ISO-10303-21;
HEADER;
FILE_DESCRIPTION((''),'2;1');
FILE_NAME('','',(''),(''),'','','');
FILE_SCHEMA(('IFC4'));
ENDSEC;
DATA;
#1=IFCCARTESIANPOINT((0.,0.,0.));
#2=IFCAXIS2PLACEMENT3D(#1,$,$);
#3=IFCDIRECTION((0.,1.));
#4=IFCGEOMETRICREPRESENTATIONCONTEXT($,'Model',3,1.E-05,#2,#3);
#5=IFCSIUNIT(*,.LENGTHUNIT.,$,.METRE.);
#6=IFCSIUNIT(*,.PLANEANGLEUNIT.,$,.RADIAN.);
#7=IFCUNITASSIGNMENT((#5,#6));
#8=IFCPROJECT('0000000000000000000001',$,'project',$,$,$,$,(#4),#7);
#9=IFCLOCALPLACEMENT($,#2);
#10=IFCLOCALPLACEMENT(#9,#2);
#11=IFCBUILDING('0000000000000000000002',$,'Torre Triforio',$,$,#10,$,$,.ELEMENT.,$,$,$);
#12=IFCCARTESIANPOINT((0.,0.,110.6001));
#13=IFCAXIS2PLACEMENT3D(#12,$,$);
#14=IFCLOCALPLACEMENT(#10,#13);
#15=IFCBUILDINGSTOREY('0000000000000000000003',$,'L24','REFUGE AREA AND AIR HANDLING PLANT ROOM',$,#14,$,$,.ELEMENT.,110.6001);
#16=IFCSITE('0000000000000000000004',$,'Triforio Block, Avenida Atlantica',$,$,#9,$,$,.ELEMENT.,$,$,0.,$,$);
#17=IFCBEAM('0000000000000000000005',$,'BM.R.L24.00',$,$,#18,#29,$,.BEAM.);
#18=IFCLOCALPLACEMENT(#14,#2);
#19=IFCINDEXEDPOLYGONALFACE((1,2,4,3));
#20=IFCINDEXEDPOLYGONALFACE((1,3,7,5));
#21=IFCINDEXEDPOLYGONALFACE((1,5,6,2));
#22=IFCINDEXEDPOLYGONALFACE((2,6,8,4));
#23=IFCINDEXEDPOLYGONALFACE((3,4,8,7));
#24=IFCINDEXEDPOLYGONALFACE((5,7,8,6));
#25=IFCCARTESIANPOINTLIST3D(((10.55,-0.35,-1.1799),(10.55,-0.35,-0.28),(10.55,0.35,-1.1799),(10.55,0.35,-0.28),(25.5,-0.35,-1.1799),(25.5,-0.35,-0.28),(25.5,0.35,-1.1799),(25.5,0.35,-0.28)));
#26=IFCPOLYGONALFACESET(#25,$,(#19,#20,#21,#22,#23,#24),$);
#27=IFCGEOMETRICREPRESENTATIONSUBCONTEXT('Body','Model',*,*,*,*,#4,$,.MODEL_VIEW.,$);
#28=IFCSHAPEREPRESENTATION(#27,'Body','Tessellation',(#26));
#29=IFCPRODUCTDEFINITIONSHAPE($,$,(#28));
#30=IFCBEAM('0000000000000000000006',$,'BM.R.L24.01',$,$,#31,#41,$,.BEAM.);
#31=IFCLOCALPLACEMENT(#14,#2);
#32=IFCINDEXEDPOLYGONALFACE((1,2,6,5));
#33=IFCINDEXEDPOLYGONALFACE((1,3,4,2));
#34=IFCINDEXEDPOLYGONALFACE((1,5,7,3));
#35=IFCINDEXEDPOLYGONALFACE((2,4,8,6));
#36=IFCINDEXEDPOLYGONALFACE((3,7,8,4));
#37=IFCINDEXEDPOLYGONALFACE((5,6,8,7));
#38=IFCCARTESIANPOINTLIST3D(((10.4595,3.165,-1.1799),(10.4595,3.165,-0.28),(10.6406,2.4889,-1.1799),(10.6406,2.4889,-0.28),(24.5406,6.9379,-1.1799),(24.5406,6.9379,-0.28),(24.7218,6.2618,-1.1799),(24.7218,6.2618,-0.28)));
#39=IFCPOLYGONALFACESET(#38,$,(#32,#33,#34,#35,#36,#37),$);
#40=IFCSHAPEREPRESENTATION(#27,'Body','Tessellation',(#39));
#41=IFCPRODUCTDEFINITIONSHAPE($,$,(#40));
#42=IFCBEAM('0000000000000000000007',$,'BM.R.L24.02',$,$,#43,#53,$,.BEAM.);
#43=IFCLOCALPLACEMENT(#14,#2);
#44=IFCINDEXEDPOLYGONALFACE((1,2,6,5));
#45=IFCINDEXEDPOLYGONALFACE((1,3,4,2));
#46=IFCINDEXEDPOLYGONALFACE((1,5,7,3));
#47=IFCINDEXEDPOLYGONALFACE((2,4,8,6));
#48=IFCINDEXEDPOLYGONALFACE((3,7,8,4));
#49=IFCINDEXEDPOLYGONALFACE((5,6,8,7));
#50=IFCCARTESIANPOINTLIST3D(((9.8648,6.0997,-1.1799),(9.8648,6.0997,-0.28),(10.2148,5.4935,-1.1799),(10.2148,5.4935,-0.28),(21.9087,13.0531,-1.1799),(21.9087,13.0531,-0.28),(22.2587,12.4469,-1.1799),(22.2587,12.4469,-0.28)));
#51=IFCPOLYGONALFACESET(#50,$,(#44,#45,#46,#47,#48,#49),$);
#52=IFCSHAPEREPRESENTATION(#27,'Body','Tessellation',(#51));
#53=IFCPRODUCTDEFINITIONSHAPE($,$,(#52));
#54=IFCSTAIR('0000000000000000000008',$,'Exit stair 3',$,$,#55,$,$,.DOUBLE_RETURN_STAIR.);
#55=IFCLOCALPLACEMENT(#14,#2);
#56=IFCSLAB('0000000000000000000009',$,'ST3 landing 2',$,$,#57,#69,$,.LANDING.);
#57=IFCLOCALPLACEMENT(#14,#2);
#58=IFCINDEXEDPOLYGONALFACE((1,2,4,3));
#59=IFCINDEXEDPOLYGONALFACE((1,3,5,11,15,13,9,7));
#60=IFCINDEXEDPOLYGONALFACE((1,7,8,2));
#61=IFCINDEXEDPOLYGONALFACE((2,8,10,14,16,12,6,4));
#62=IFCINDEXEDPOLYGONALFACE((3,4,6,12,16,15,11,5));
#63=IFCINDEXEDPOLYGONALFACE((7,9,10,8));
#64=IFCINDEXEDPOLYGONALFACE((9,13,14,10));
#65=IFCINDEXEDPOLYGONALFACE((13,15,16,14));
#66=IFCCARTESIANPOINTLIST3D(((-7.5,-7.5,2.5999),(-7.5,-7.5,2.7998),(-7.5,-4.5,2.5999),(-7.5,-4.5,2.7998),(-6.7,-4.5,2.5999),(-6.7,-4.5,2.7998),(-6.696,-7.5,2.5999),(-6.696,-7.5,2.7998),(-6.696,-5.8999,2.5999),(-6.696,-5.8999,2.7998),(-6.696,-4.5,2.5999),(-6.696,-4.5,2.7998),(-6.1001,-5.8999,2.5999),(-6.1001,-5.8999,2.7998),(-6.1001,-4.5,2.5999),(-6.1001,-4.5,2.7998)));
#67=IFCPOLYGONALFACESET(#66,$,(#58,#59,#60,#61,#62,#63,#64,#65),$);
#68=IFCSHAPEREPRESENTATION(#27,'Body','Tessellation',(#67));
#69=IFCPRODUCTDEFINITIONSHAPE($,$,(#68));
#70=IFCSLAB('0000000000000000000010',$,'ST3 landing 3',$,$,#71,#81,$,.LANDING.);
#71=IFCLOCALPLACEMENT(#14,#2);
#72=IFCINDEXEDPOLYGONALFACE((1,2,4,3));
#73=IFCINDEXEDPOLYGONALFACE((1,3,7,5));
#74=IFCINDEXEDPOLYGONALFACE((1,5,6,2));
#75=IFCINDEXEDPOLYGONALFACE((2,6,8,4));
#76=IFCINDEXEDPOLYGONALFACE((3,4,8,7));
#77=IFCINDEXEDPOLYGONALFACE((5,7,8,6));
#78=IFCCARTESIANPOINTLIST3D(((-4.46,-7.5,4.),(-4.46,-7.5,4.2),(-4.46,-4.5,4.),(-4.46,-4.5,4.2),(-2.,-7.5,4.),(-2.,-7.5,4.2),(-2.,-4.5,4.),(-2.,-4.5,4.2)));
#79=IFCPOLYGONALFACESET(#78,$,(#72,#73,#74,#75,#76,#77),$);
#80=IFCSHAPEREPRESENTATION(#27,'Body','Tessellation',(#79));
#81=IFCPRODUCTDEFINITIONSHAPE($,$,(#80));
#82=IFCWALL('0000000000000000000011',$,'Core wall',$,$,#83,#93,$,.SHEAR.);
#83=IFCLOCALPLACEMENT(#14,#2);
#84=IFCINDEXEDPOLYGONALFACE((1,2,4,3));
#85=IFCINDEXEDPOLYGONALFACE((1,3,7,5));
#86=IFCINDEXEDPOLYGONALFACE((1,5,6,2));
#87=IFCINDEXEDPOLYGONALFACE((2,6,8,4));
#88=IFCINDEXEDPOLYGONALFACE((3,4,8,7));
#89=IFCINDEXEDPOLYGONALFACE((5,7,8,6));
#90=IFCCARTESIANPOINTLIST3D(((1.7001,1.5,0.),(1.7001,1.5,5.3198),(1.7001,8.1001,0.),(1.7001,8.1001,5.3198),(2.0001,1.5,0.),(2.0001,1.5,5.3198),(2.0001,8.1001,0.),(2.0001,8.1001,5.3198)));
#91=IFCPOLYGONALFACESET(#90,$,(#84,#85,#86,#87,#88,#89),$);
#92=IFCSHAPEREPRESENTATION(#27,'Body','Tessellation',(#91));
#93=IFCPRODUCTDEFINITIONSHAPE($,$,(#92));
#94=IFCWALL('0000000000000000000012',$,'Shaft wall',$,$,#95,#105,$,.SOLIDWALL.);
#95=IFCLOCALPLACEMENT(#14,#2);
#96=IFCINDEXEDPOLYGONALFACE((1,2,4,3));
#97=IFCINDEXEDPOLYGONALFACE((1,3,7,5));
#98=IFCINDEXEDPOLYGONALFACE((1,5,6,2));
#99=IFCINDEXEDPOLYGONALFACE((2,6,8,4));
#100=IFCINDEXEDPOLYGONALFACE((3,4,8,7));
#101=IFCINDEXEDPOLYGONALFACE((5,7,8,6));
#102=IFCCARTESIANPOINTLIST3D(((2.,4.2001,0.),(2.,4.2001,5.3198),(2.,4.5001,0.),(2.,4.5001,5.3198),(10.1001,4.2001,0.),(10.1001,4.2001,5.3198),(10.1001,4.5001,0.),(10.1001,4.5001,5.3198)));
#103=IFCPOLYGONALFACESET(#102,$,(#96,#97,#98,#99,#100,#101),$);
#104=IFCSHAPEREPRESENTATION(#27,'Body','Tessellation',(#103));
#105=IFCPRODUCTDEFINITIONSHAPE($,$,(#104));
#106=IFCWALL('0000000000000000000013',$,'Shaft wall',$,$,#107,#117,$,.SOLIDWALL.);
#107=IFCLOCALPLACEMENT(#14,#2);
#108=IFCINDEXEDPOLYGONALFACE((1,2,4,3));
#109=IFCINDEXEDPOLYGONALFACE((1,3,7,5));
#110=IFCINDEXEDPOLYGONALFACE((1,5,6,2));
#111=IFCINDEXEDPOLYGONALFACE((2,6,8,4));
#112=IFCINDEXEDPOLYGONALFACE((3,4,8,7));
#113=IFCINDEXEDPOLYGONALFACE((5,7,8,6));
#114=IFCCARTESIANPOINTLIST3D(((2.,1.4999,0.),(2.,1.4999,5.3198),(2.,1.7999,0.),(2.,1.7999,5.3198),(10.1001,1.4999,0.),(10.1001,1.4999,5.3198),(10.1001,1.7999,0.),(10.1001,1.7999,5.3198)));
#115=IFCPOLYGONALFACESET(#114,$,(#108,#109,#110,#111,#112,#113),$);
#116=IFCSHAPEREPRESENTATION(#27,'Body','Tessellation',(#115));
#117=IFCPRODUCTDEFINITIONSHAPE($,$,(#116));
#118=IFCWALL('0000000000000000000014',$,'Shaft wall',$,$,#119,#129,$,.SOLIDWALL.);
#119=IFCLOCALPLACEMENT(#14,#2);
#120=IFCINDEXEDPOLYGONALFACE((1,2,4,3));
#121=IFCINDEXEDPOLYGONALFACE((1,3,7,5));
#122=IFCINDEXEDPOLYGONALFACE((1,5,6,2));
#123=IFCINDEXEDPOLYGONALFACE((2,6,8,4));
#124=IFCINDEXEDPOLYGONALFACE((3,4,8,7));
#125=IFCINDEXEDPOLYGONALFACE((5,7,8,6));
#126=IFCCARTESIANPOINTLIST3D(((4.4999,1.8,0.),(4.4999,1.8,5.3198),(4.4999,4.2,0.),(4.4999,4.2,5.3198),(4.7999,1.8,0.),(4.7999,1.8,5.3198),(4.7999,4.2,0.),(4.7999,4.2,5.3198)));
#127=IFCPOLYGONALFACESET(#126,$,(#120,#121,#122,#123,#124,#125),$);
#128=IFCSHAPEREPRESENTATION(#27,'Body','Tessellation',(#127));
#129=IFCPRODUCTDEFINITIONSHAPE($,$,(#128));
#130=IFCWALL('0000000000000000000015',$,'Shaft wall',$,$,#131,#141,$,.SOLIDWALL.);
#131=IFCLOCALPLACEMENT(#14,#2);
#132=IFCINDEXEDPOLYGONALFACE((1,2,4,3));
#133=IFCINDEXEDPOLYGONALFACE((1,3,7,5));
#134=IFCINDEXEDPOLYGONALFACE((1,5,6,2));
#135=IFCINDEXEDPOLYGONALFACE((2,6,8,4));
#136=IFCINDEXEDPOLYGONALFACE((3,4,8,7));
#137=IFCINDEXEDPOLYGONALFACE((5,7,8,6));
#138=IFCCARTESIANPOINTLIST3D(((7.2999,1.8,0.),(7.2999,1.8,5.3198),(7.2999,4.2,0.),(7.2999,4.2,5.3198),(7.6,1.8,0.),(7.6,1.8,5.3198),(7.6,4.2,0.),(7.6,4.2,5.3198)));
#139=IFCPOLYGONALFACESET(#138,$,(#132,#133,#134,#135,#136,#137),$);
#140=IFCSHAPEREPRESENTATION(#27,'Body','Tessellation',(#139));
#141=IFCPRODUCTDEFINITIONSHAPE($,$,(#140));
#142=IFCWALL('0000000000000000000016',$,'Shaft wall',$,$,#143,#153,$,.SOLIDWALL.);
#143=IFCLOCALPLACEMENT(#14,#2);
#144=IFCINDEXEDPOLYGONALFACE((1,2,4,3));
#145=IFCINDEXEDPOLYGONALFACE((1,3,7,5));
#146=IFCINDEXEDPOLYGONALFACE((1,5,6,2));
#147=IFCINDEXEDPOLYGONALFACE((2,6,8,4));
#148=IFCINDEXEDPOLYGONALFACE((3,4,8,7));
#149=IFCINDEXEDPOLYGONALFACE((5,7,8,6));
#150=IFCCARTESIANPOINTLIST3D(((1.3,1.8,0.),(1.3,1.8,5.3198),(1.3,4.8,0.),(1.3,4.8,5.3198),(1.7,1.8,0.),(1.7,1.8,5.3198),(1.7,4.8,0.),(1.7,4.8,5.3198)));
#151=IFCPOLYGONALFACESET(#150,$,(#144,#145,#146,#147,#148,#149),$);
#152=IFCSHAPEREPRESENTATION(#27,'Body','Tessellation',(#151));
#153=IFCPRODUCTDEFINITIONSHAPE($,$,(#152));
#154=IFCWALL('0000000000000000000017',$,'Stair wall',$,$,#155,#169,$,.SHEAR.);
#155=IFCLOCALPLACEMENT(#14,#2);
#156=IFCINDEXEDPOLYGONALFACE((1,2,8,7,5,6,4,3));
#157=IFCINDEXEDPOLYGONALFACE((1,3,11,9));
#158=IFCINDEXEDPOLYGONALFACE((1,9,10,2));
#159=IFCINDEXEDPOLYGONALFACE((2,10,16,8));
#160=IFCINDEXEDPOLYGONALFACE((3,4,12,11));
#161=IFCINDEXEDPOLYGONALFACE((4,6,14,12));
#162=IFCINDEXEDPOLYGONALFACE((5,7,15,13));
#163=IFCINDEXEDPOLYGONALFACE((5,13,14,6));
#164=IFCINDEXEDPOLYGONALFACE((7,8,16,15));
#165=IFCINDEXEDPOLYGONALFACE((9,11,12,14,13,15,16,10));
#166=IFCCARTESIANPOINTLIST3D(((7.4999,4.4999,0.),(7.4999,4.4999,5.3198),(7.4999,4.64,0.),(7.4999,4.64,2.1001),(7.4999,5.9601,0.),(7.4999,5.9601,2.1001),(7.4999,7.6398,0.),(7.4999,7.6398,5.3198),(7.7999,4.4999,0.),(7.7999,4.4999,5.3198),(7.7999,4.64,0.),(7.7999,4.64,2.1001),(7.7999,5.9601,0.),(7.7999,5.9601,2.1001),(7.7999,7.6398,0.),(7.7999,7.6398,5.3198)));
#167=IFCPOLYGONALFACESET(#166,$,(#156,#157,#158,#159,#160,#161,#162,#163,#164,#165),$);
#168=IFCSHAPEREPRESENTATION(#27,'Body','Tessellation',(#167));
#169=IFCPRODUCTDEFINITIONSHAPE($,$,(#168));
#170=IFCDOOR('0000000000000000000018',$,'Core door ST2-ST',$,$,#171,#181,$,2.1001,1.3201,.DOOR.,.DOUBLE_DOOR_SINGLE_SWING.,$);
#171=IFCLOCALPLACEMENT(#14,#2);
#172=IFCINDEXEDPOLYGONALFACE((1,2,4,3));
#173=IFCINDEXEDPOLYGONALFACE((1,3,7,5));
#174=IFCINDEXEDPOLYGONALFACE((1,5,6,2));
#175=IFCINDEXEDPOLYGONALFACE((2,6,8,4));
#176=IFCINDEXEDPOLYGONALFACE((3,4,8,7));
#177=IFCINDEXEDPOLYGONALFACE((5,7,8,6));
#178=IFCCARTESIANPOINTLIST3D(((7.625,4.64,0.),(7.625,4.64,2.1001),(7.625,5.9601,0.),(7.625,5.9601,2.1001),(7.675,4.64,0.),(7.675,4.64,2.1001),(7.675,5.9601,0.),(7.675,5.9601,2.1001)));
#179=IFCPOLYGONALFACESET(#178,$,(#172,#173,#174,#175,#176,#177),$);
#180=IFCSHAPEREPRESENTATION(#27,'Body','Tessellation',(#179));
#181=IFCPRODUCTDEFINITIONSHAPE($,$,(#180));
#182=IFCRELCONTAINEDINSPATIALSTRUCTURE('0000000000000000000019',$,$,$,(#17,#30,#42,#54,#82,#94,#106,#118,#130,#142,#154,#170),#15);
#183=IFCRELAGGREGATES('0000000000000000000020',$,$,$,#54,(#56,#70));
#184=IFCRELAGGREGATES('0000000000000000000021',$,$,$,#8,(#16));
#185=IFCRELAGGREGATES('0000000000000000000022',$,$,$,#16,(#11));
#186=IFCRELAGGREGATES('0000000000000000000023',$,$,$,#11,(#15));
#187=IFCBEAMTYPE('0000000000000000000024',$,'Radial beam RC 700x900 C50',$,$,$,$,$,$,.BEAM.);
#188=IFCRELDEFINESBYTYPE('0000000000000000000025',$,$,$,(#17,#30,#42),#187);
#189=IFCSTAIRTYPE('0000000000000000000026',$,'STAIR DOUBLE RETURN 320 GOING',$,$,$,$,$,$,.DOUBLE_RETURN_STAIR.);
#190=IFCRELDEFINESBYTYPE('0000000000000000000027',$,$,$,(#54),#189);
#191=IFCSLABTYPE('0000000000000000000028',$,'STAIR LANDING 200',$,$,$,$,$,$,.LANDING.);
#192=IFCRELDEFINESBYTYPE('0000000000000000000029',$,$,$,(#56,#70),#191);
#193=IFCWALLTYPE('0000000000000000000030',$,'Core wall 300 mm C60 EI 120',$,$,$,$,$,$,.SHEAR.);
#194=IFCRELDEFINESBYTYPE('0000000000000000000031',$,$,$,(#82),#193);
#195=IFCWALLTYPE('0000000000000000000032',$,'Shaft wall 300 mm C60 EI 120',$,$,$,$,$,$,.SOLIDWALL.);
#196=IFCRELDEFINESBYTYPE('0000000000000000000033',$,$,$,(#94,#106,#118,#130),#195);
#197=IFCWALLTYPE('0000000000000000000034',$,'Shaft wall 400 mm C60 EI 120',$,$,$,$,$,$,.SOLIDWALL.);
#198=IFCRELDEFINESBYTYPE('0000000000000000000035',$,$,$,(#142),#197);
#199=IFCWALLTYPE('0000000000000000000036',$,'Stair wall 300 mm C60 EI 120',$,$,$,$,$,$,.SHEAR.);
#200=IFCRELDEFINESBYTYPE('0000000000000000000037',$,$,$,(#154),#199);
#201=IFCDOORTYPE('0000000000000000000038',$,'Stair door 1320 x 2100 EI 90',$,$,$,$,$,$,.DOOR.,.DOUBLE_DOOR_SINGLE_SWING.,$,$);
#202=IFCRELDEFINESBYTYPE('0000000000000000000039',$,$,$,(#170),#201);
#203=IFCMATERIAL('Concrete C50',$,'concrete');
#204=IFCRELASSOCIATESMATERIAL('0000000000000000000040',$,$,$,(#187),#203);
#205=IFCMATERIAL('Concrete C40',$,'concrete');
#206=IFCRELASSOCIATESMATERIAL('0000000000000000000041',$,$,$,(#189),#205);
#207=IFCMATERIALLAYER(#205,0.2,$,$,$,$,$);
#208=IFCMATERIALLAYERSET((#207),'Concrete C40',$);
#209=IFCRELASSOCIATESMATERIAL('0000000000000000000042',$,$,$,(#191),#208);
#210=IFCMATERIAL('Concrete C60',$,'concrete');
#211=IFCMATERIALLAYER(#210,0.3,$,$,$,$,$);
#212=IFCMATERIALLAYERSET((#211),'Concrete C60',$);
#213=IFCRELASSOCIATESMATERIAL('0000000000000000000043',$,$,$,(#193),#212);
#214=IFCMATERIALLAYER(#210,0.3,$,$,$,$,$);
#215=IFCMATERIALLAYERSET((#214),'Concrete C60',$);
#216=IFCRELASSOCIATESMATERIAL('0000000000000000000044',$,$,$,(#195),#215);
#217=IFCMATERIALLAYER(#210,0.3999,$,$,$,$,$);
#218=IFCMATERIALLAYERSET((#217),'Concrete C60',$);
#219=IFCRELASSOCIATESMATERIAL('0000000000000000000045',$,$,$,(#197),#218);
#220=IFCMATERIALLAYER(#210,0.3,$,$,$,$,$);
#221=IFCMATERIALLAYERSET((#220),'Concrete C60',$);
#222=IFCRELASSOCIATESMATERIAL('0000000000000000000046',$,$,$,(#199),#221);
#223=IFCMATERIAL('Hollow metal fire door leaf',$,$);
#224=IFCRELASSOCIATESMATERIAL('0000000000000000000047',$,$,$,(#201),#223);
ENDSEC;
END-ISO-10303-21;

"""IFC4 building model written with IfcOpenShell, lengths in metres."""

from ifc_helpers import new_model, si_unit, direction, frame, frame_2d, origin, origin_2d, place, context, subcontext, project, spatial, polyline, rectangle, outline, extrude, material, layer, layer_set, material_profile, profile_set, type_object, element, fill, aggregate, save


model = new_model("IFC4")

# Units and contexts
model_context = context("Model", 3, precision=1e-05, world=origin(), true_north=direction((0.0, 1.0)))
body_context = subcontext(model_context, "Body", "Model", "MODEL_VIEW")
ifc_project = project(units=[si_unit("LENGTHUNIT", "METRE"), si_unit("PLANEANGLEUNIT", "RADIAN")], contexts=[model_context])

# Site, building, storey
site_placement = place(None, origin())
site = spatial("IfcSite", under=ifc_project, at=site_placement, Name="Triforio Block, Avenida Atlantica", CompositionType="ELEMENT", RefElevation=0.0)
building_placement = place(site_placement, origin())
building = spatial("IfcBuilding", under=site, at=building_placement, Name="Torre Triforio", CompositionType="ELEMENT")
storey_placement = place(building_placement, frame((0.0, 0.0, 110.6001)))
storey = spatial("IfcBuildingStorey", under=building, at=storey_placement, Name="L24", Description="REFUGE AREA AND AIR HANDLING PLANT ROOM", CompositionType="ELEMENT", Elevation=110.6001)

# Beams
ifc_material_1 = material(Name="Concrete C50", Category="concrete")
ifc_material_profile = material_profile(ifc_material_1, rectangle(XDim=0.7, YDim=0.8999, at=origin_2d()), Name="RC 700x900")
ifc_profile_set = profile_set([ifc_material_profile], Name="Concrete C50")
beam_type = type_object("IfcBeamType", Name="Radial beam RC 700x900 C50", PredefinedType="BEAM", material=ifc_profile_set)
beam_1_placement = place(storey_placement, frame((10.55, 0.0, -0.73), z_axis=(1.0, 0.0, 0.0), x_axis=(0.0, 1.0, 0.0)))
element("IfcBeam", 1, at=beam_1_placement, inside=storey, type_object=beam_type, Name="BM.R.L24.00", PredefinedType="BEAM", context=body_context, shape_type="SweptSolid", body=[
    extrude(rectangle(XDim=0.7, YDim=0.8999, at=origin_2d()), origin(), (0.0, 0.0, 1.0), 14.95),
])
beam_2_placement = place(storey_placement, frame((10.55, 2.8269, -0.73), z_axis=(0.965927, 0.258815, 0.0), x_axis=(-0.258815, 0.965927, 0.0)))
element("IfcBeam", 2, at=beam_2_placement, inside=storey, type_object=beam_type, Name="BM.R.L24.01", PredefinedType="BEAM", context=body_context, shape_type="SweptSolid", body=[
    extrude(rectangle(XDim=0.7, YDim=0.8999, at=origin_2d()), origin(), (0.0, 0.0, 1.0), 14.5779),
])
beam_3_placement = place(storey_placement, frame((10.0398, 5.7966, -0.73), z_axis=(0.866032, 0.499989, 0.0), x_axis=(-0.499989, 0.866032, 0.0)))
element("IfcBeam", 3, at=beam_3_placement, inside=storey, type_object=beam_type, Name="BM.R.L24.02", PredefinedType="BEAM", context=body_context, shape_type="SweptSolid", body=[
    extrude(rectangle(XDim=0.7, YDim=0.8999, at=origin_2d()), origin(), (0.0, 0.0, 1.0), 13.907),
])

# Stair, slabs
ifc_material_2 = material(Name="Concrete C40", Category="concrete")
stair_type = type_object("IfcStairType", Name="STAIR DOUBLE RETURN 320 GOING", PredefinedType="DOUBLE_RETURN_STAIR", material=ifc_material_2)
stair_1_placement = place(storey_placement, origin())
stair_1 = element("IfcStair", 4, at=stair_1_placement, inside=storey, type_object=stair_type, Name="Exit stair 3", PredefinedType="DOUBLE_RETURN_STAIR")
ifc_layer_1 = layer(ifc_material_2, 0.2)
ifc_layer_set_1 = layer_set([ifc_layer_1], Name="Concrete C40")
slab_type = type_object("IfcSlabType", Name="STAIR LANDING 200", PredefinedType="LANDING", material=ifc_layer_set_1)
slab_1_placement = place(storey_placement, frame((0.0, 0.0, 2.5999)))
slab_1 = element("IfcSlab", 5, at=slab_1_placement, type_object=slab_type, Name="ST3 landing 2", PredefinedType="LANDING", context=body_context, shape_type="SweptSolid", body=[
    extrude(outline(polyline([(-6.696, -7.5), (-7.5, -7.5), (-7.5, -4.5), (-6.7, -4.5), (-6.696, -4.5), (-6.1001, -4.5), (-6.1001, -5.8999), (-6.696, -5.8999), (-6.696, -7.5)])), origin(), (0.0, 0.0, 1.0), 0.2),
])
slab_2_placement = place(storey_placement, frame((0.0, 0.0, 4.0)))
slab_2 = element("IfcSlab", 6, at=slab_2_placement, type_object=slab_type, Name="ST3 landing 3", PredefinedType="LANDING", context=body_context, shape_type="SweptSolid", body=[
    extrude(outline(polyline([(-2.0, -7.5), (-2.0, -4.5), (-4.46, -4.5), (-4.46, -7.5), (-2.0, -7.5)])), origin(), (0.0, 0.0, 1.0), 0.2),
])
aggregate(stair_1, [slab_1, slab_2])

# Walls
ifc_material_3 = material(Name="Concrete C60", Category="concrete")
ifc_layer_2 = layer(ifc_material_3, 0.3)
ifc_layer_set_2 = layer_set([ifc_layer_2], Name="Concrete C60")
wall_type_1 = type_object("IfcWallType", Name="Core wall 300 mm C60 EI 120", PredefinedType="SHEAR", material=ifc_layer_set_2)
wall_1_placement = place(storey_placement, frame((1.8501, 1.5, 0.0), z_axis=(0.0, 0.0, 1.0), x_axis=(0.0, 1.0, 0.0)))
element("IfcWall", 7, at=wall_1_placement, inside=storey, type_object=wall_type_1, Name="Core wall", PredefinedType="SHEAR", context=body_context, shape_type="SweptSolid", body=[
    extrude(rectangle(XDim=6.6001, YDim=0.3, at=frame_2d((3.3, 0.0))), origin(), (0.0, 0.0, 1.0), 5.3198),
])
ifc_layer_3 = layer(ifc_material_3, 0.3)
ifc_layer_set_3 = layer_set([ifc_layer_3], Name="Concrete C60")
wall_type_2 = type_object("IfcWallType", Name="Shaft wall 300 mm C60 EI 120", PredefinedType="SOLIDWALL", material=ifc_layer_set_3)
for number, where, z_axis, x_axis, name in (
    (8, (2.0, 4.3501, 0.0), (0.0, 0.0, 1.0), (1.0, 0.0, 0.0), "Shaft wall"),
    (9, (2.0, 1.6499, 0.0), (0.0, 0.0, 1.0), (1.0, 0.0, 0.0), "Shaft wall"),
):
    element("IfcWall", number, at=place(storey_placement, frame(where, z_axis=z_axis, x_axis=x_axis)), inside=storey, type_object=wall_type_2, Name=name, PredefinedType="SOLIDWALL", context=body_context, shape_type="SweptSolid", body=[
        extrude(rectangle(XDim=8.1001, YDim=0.3, at=frame_2d((4.05, 0.0))), origin(), (0.0, 0.0, 1.0), 5.3198),
    ])
for number, where, z_axis, x_axis, name in (
    (10, (4.6499, 1.8, 0.0), (0.0, 0.0, 1.0), (0.0, 1.0, 0.0), "Shaft wall"),
    (11, (7.45, 1.8, 0.0), (0.0, 0.0, 1.0), (0.0, 1.0, 0.0), "Shaft wall"),
):
    element("IfcWall", number, at=place(storey_placement, frame(where, z_axis=z_axis, x_axis=x_axis)), inside=storey, type_object=wall_type_2, Name=name, PredefinedType="SOLIDWALL", context=body_context, shape_type="SweptSolid", body=[
        extrude(rectangle(XDim=2.3999, YDim=0.3, at=frame_2d((1.2, 0.0))), origin(), (0.0, 0.0, 1.0), 5.3198),
    ])
ifc_layer_4 = layer(ifc_material_3, 0.3999)
ifc_layer_set_4 = layer_set([ifc_layer_4], Name="Concrete C60")
wall_type_3 = type_object("IfcWallType", Name="Shaft wall 400 mm C60 EI 120", PredefinedType="SOLIDWALL", material=ifc_layer_set_4)
wall_2_placement = place(storey_placement, frame((1.5, 1.8, 0.0), z_axis=(0.0, 0.0, 1.0), x_axis=(0.0, 1.0, 0.0)))
element("IfcWall", 12, at=wall_2_placement, inside=storey, type_object=wall_type_3, Name="Shaft wall", PredefinedType="SOLIDWALL", context=body_context, shape_type="SweptSolid", body=[
    extrude(rectangle(XDim=3.0, YDim=0.3999, at=frame_2d((1.5, 0.0))), origin(), (0.0, 0.0, 1.0), 5.3198),
])

# Wall, opening, door
ifc_layer_5 = layer(ifc_material_3, 0.3)
ifc_layer_set_5 = layer_set([ifc_layer_5], Name="Concrete C60")
wall_type_4 = type_object("IfcWallType", Name="Stair wall 300 mm C60 EI 120", PredefinedType="SHEAR", material=ifc_layer_set_5)
wall_3_placement = place(storey_placement, frame((7.6499, 4.5, 0.0), z_axis=(0.0, 0.0, 1.0), x_axis=(0.0, 1.0, 0.0)))
wall_3 = element("IfcWall", 13, at=wall_3_placement, inside=storey, type_object=wall_type_4, Name="Stair wall", PredefinedType="SHEAR", context=body_context, shape_type="SweptSolid", body=[
    extrude(rectangle(XDim=3.1399, YDim=0.3, at=frame_2d((1.5698, 0.0))), origin(), (0.0, 0.0, 1.0), 5.3198),
])
opening_placement = place(wall_3_placement, frame((0.1399, 0.0, 0.0)))
opening = element("IfcOpeningElement", 14, at=opening_placement, cuts=wall_3, PredefinedType="OPENING", context=body_context, shape_type="SweptSolid", body=[
    extrude(rectangle(XDim=1.3201, YDim=2.1001, at=frame_2d((0.6602, 1.05))), frame((0.0, 0.1599, 0.0), z_axis=(0.0, -1.0, 0.0), x_axis=(1.0, 0.0, 0.0)), (0.0, 0.0, 1.0), 0.3201),
])
ifc_material_4 = material(Name="Hollow metal fire door leaf")
door_type = type_object("IfcDoorType", Name="Stair door 1320 x 2100 EI 90", OperationType="DOUBLE_DOOR_SINGLE_SWING", PredefinedType="DOOR", material=ifc_material_4)
door_placement = place(opening_placement, origin())
door = element("IfcDoor", 15, at=door_placement, inside=storey, type_object=door_type, Name="Core door ST2-ST", OperationType="DOUBLE_DOOR_SINGLE_SWING", OverallHeight=2.1001, OverallWidth=1.3201, PredefinedType="DOOR", context=body_context, shape_type="SweptSolid", body=[
    extrude(rectangle(XDim=1.3201, YDim=2.1001, at=frame_2d((0.6602, 1.05))), frame((0.0, 0.0249, 0.0), z_axis=(0.0, -1.0, 0.0), x_axis=(1.0, 0.0, 0.0)), (0.0, 0.0, 1.0), 0.05),
])
fill(opening, door)

save(model, "model.ifc")
